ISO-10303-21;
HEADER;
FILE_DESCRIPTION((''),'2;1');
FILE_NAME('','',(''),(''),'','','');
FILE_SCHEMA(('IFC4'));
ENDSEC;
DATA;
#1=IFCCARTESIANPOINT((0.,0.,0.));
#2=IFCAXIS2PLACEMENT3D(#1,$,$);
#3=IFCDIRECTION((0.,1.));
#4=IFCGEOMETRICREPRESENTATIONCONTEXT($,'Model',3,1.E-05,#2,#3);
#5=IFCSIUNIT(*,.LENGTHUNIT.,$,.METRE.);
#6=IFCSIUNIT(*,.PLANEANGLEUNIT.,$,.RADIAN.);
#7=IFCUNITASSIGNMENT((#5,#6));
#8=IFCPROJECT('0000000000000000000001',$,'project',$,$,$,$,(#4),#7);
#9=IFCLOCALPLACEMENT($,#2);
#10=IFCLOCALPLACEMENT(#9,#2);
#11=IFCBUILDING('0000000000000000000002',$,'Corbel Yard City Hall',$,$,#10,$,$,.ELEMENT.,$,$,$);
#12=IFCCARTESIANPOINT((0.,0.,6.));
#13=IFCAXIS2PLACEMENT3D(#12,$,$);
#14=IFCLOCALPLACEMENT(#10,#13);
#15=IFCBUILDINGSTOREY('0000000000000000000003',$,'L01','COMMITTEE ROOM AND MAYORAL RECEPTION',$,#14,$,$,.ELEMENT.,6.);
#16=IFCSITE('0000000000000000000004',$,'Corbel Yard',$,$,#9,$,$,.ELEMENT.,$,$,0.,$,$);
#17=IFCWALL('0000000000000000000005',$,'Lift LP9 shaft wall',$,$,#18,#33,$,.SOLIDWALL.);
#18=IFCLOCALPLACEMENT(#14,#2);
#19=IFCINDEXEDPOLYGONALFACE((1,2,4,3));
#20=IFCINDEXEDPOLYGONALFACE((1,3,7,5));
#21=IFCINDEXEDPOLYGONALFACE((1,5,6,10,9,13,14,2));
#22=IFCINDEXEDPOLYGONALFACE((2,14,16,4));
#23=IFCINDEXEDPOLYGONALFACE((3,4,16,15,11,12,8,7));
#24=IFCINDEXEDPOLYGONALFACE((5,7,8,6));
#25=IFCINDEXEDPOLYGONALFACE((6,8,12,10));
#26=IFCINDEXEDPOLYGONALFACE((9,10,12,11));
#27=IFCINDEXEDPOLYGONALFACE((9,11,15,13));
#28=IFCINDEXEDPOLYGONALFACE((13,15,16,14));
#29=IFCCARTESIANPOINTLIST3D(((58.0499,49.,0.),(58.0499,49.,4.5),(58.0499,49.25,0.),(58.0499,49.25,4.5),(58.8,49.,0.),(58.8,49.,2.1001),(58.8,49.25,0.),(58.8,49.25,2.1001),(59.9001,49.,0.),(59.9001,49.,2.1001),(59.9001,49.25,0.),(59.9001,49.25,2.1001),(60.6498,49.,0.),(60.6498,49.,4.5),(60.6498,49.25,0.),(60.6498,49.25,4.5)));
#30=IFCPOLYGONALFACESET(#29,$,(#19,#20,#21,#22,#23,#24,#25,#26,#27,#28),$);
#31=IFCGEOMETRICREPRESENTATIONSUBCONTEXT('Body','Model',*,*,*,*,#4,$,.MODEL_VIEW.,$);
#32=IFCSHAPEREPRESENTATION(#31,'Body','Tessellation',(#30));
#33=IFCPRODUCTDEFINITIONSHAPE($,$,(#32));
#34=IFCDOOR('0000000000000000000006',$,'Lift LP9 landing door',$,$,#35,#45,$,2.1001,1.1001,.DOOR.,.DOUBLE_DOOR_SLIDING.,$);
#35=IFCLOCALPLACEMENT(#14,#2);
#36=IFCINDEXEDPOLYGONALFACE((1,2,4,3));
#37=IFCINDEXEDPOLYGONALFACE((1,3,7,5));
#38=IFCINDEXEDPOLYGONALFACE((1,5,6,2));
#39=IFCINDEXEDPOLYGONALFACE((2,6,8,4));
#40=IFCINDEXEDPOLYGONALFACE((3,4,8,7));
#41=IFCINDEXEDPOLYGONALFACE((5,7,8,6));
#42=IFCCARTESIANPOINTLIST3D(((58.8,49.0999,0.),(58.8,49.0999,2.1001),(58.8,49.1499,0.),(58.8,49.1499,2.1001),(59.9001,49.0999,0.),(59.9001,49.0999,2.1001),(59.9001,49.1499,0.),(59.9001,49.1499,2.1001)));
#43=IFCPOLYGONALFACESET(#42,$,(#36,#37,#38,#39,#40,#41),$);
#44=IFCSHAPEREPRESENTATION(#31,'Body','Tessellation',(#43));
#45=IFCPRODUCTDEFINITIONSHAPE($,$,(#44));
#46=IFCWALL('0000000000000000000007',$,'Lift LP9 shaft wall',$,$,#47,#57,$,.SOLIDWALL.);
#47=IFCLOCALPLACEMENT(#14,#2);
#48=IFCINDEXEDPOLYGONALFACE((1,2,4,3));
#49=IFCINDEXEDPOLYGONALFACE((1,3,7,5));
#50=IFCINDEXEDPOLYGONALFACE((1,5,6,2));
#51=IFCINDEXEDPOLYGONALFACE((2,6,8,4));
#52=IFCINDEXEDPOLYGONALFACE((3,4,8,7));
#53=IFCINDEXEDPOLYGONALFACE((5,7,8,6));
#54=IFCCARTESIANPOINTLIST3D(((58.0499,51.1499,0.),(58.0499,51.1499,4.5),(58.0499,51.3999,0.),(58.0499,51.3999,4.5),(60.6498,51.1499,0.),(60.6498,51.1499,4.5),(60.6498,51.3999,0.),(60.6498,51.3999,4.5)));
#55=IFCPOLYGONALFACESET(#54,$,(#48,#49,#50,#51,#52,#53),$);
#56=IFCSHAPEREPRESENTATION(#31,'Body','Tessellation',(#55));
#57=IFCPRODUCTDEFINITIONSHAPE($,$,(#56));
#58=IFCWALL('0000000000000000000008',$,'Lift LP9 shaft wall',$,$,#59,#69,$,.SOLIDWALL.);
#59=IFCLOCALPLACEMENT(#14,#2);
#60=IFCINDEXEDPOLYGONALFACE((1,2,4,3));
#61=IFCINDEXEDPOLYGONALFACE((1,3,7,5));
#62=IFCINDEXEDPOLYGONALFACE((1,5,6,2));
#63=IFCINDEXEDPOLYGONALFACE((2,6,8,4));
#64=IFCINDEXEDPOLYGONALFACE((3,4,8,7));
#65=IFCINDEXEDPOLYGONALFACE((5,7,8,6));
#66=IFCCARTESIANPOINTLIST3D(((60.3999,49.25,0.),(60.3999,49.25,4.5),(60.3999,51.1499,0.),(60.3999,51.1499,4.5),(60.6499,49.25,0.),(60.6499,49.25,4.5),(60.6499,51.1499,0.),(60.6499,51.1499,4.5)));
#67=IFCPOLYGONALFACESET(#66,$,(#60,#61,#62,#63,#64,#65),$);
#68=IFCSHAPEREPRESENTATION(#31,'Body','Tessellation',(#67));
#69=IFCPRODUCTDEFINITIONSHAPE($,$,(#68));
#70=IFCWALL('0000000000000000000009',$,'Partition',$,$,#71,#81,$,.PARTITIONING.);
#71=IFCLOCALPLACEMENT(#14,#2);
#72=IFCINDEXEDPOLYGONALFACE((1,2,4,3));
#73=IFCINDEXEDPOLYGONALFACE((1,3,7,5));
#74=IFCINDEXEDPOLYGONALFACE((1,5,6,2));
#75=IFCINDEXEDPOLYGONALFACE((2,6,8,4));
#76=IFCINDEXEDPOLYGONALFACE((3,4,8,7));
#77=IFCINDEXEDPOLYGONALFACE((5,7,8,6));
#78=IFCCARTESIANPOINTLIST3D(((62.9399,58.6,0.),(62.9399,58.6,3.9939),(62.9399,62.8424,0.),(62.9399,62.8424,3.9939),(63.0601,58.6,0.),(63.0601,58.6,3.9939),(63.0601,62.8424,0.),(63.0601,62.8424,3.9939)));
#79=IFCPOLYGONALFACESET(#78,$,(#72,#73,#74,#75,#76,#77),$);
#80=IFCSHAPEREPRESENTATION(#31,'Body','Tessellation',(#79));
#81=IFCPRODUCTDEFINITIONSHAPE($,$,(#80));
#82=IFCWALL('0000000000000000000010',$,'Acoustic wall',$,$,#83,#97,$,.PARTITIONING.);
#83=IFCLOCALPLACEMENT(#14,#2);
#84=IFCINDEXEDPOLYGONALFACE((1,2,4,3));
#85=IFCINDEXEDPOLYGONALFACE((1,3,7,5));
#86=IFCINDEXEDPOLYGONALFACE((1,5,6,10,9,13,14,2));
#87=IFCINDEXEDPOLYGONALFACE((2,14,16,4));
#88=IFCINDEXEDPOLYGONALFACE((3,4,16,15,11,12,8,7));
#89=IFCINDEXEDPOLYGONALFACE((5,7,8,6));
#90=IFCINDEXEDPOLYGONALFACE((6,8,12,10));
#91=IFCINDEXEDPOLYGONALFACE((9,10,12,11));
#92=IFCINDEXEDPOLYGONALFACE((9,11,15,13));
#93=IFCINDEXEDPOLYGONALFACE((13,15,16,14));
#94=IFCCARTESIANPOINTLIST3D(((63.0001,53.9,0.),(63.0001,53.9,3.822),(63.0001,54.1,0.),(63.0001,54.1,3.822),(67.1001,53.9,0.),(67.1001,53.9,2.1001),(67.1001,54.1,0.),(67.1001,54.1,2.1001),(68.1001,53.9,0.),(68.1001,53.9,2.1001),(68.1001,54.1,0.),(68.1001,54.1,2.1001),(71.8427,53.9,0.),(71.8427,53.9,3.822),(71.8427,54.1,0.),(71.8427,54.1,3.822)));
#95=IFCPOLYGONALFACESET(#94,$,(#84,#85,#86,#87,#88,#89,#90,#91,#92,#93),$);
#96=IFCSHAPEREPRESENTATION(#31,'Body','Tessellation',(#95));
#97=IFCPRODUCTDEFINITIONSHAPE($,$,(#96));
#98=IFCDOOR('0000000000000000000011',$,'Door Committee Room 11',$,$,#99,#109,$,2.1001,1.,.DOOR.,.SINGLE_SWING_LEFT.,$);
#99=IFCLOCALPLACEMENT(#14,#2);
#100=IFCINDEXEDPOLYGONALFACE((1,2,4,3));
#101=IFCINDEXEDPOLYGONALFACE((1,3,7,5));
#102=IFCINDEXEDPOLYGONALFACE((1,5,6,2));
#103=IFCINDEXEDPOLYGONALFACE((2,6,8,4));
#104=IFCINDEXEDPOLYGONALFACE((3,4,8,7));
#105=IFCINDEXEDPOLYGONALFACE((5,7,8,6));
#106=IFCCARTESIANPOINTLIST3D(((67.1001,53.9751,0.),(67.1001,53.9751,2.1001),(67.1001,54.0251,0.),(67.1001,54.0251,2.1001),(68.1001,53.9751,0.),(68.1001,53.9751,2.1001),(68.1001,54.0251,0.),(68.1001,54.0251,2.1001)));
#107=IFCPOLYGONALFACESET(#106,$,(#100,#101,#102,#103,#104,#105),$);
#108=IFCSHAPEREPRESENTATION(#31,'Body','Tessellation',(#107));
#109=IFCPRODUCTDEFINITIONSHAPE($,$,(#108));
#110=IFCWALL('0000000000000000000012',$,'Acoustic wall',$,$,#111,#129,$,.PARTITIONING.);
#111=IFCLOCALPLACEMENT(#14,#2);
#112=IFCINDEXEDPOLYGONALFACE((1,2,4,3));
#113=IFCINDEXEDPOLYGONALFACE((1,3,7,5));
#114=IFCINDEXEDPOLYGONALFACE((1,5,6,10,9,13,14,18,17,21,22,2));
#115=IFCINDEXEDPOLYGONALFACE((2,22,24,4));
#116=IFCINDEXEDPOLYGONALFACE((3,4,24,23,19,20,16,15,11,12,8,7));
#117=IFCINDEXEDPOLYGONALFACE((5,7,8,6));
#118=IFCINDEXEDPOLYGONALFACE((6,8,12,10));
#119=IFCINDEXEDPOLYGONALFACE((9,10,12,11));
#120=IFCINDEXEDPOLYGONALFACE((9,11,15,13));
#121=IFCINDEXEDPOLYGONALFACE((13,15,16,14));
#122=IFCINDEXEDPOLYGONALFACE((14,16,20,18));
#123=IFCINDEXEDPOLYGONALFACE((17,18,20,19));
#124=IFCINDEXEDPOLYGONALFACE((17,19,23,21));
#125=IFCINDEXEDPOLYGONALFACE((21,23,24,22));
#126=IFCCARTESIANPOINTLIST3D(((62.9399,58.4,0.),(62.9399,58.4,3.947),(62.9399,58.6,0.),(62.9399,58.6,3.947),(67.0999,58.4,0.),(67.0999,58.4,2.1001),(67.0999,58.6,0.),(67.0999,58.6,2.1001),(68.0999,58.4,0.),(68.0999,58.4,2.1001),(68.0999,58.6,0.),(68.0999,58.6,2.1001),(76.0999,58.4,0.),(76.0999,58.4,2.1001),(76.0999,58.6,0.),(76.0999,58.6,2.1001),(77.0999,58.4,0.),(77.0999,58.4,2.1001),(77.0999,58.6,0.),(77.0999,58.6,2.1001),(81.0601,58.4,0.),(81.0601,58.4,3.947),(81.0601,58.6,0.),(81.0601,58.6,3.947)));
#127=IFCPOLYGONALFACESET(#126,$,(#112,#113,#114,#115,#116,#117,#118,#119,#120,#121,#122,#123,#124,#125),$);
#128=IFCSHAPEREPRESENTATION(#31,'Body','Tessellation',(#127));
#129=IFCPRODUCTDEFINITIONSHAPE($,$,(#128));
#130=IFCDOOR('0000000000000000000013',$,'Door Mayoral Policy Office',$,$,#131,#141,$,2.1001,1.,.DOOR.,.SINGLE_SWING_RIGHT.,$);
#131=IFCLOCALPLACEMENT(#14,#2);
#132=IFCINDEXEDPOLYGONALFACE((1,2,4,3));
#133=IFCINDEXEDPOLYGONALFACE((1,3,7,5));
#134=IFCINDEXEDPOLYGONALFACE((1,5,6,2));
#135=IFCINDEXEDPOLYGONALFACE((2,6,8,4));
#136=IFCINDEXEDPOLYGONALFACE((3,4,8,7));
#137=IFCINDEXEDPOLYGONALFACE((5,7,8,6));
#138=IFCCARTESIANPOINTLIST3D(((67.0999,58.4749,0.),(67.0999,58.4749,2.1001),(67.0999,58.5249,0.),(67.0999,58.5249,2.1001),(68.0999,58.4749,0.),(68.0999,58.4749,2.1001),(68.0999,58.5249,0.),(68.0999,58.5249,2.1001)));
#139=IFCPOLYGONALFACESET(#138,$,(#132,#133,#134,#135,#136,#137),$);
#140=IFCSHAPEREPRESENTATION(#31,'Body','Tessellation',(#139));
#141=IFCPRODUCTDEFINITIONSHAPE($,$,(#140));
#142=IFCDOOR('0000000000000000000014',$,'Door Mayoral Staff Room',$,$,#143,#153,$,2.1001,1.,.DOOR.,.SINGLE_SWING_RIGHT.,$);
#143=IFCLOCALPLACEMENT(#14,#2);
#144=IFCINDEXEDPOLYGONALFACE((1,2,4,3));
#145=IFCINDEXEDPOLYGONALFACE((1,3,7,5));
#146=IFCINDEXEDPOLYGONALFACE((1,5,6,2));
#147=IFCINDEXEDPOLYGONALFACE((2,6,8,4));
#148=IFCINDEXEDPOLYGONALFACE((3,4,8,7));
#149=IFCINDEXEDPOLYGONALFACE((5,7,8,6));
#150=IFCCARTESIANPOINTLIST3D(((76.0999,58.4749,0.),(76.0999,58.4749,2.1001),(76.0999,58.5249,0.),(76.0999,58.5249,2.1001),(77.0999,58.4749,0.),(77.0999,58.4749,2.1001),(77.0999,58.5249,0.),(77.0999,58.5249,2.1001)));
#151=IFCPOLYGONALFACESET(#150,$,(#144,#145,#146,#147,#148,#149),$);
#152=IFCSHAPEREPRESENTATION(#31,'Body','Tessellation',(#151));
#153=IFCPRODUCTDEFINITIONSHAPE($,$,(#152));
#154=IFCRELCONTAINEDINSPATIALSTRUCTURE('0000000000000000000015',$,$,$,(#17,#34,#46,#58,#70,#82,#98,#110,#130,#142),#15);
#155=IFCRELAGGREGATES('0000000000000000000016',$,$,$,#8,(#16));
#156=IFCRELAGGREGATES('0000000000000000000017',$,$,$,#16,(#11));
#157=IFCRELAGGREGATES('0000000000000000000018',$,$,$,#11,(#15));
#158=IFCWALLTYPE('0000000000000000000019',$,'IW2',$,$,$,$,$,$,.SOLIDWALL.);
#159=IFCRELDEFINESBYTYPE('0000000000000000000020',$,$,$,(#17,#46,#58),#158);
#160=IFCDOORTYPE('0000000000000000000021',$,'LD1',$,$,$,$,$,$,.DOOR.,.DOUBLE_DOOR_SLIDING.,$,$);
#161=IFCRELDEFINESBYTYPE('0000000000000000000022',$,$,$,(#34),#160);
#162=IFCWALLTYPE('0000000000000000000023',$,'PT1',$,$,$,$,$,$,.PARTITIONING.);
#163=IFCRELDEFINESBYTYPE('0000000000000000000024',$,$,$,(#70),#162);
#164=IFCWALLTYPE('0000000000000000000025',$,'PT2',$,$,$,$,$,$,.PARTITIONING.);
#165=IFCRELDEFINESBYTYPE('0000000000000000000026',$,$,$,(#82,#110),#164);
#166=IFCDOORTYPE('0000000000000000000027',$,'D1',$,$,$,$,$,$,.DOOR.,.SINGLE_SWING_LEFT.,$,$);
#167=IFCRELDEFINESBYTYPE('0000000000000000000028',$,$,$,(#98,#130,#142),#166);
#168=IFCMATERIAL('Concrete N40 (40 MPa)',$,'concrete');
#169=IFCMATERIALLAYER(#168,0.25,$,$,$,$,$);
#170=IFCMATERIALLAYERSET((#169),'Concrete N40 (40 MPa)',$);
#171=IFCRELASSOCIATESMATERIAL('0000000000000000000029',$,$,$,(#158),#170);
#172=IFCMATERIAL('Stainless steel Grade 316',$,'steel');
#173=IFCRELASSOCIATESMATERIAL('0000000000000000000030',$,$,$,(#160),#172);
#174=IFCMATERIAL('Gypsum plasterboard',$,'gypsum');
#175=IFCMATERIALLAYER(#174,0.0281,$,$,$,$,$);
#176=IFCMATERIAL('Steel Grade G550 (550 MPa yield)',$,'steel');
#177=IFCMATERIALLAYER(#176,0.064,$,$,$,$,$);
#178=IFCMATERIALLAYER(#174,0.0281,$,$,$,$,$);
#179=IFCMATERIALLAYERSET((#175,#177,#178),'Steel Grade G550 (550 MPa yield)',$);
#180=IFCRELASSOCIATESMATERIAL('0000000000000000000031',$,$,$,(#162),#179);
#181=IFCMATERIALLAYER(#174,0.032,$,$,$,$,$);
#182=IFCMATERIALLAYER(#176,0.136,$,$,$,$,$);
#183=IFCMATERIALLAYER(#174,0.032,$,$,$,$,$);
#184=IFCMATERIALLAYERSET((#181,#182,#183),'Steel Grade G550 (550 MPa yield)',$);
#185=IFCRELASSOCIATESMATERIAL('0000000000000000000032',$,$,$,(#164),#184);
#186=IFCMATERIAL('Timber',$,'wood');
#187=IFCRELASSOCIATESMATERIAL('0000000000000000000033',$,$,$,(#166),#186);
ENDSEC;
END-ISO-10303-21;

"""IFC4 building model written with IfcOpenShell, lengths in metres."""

from ifc_helpers import new_model, si_unit, direction, frame, frame_2d, origin, place, context, subcontext, project, spatial, rectangle, extrude, material, layer, layer_set, type_object, element, fill, save


model = new_model("IFC4")

# Units and contexts
model_context = context("Model", 3, precision=1e-05, world=origin(), true_north=direction((0.0, 1.0)))
body_context = subcontext(model_context, "Body", "Model", "MODEL_VIEW")
ifc_project = project(units=[si_unit("LENGTHUNIT", "METRE"), si_unit("PLANEANGLEUNIT", "RADIAN")], contexts=[model_context])

# Site, building, storey
site_placement = place(None, origin())
site = spatial("IfcSite", under=ifc_project, at=site_placement, Name="Corbel Yard", CompositionType="ELEMENT", RefElevation=0.0)
building_placement = place(site_placement, origin())
building = spatial("IfcBuilding", under=site, at=building_placement, Name="Corbel Yard City Hall", CompositionType="ELEMENT")
storey_placement = place(building_placement, frame((0.0, 0.0, 6.0)))
storey = spatial("IfcBuildingStorey", under=building, at=storey_placement, Name="L01", Description="COMMITTEE ROOM AND MAYORAL RECEPTION", CompositionType="ELEMENT", Elevation=6.0)

# Wall, opening, door
ifc_material_1 = material(Name="Concrete N40 (40 MPa)", Category="concrete")
ifc_layer_1 = layer(ifc_material_1, 0.25)
ifc_layer_set_1 = layer_set([ifc_layer_1], Name="Concrete N40 (40 MPa)")
wall_type_1 = type_object("IfcWallType", Name="IW2", PredefinedType="SOLIDWALL", material=ifc_layer_set_1)
wall_1_placement = place(storey_placement, frame((58.05, 49.125, 0.0), z_axis=(0.0, 0.0, 1.0), x_axis=(1.0, 0.0, 0.0)))
wall_1 = element("IfcWall", 1, at=wall_1_placement, inside=storey, type_object=wall_type_1, Name="Lift LP9 shaft wall", PredefinedType="SOLIDWALL", context=body_context, shape_type="SweptSolid", body=[
    extrude(rectangle(XDim=2.5999, YDim=0.25, at=frame_2d((1.2998, 0.0))), origin(), (0.0, 0.0, 1.0), 4.5),
])
opening_1_placement = place(wall_1_placement, frame((0.75, 0.0, 0.0)))
opening_1 = element("IfcOpeningElement", 2, at=opening_1_placement, cuts=wall_1, PredefinedType="OPENING", context=body_context, shape_type="SweptSolid", body=[
    extrude(rectangle(XDim=1.1001, YDim=2.1001, at=frame_2d((0.55, 1.05))), frame((0.0, 0.135, 0.0), z_axis=(0.0, -1.0, 0.0), x_axis=(1.0, 0.0, 0.0)), (0.0, 0.0, 1.0), 0.27),
])
ifc_material_2 = material(Name="Stainless steel Grade 316", Category="steel")
door_type_1 = type_object("IfcDoorType", Name="LD1", OperationType="DOUBLE_DOOR_SLIDING", PredefinedType="DOOR", material=ifc_material_2)
door_1_placement = place(opening_1_placement, origin())
door_1 = element("IfcDoor", 3, at=door_1_placement, inside=storey, type_object=door_type_1, Name="Lift LP9 landing door", OperationType="DOUBLE_DOOR_SLIDING", OverallHeight=2.1001, OverallWidth=1.1001, PredefinedType="DOOR", context=body_context, shape_type="SweptSolid", body=[
    extrude(rectangle(XDim=1.1001, YDim=2.1001, at=frame_2d((0.55, 1.05))), frame((0.0, 0.0249, 0.0), z_axis=(0.0, -1.0, 0.0), x_axis=(1.0, 0.0, 0.0)), (0.0, 0.0, 1.0), 0.05),
])
fill(opening_1, door_1)

# Walls
wall_2_placement = place(storey_placement, frame((58.05, 51.2749, 0.0), z_axis=(0.0, 0.0, 1.0), x_axis=(1.0, 0.0, 0.0)))
element("IfcWall", 4, at=wall_2_placement, inside=storey, type_object=wall_type_1, Name="Lift LP9 shaft wall", PredefinedType="SOLIDWALL", context=body_context, shape_type="SweptSolid", body=[
    extrude(rectangle(XDim=2.5999, YDim=0.25, at=frame_2d((1.2998, 0.0))), origin(), (0.0, 0.0, 1.0), 4.5),
])
wall_3_placement = place(storey_placement, frame((60.5249, 49.25, 0.0), z_axis=(0.0, 0.0, 1.0), x_axis=(0.0, 1.0, 0.0)))
element("IfcWall", 5, at=wall_3_placement, inside=storey, type_object=wall_type_1, Name="Lift LP9 shaft wall", PredefinedType="SOLIDWALL", context=body_context, shape_type="SweptSolid", body=[
    extrude(rectangle(XDim=1.8999, YDim=0.25, at=frame_2d((0.95, 0.0))), origin(), (0.0, 0.0, 1.0), 4.5),
])
ifc_material_3 = material(Name="Gypsum plasterboard", Category="gypsum")
ifc_layer_2 = layer(ifc_material_3, 0.0281)
ifc_material_4 = material(Name="Steel Grade G550 (550 MPa yield)", Category="steel")
ifc_layer_3 = layer(ifc_material_4, 0.064)
ifc_layer_4 = layer(ifc_material_3, 0.0281)
ifc_layer_set_2 = layer_set([ifc_layer_2, ifc_layer_3, ifc_layer_4], Name="Steel Grade G550 (550 MPa yield)")
wall_type_2 = type_object("IfcWallType", Name="PT1", PredefinedType="PARTITIONING", material=ifc_layer_set_2)
wall_4_placement = place(storey_placement, frame((63.0, 58.6001, 0.0), z_axis=(0.0, 0.0, 1.0), x_axis=(0.0, 1.0, 0.0)))
element("IfcWall", 6, at=wall_4_placement, inside=storey, type_object=wall_type_2, Name="Partition", PredefinedType="PARTITIONING", context=body_context, shape_type="SweptSolid", body=[
    extrude(rectangle(XDim=4.2424, YDim=0.1201, at=frame_2d((2.1211, 0.0))), origin(), (0.0, 0.0, 1.0), 3.9939),
])

# Wall, opening, door
ifc_layer_5 = layer(ifc_material_3, 0.032)
ifc_layer_6 = layer(ifc_material_4, 0.136)
ifc_layer_7 = layer(ifc_material_3, 0.032)
ifc_layer_set_3 = layer_set([ifc_layer_5, ifc_layer_6, ifc_layer_7], Name="Steel Grade G550 (550 MPa yield)")
wall_type_3 = type_object("IfcWallType", Name="PT2", PredefinedType="PARTITIONING", material=ifc_layer_set_3)
wall_5_placement = place(storey_placement, frame((63.0, 54.0, 0.0), z_axis=(0.0, 0.0, 1.0), x_axis=(1.0, 0.0, 0.0)))
wall_5 = element("IfcWall", 7, at=wall_5_placement, inside=storey, type_object=wall_type_3, Name="Acoustic wall", PredefinedType="PARTITIONING", context=body_context, shape_type="SweptSolid", body=[
    extrude(rectangle(XDim=8.8425, YDim=0.2, at=frame_2d((4.4214, 0.0))), origin(), (0.0, 0.0, 1.0), 3.822),
])
opening_2_placement = place(wall_5_placement, frame((4.1001, 0.0, 0.0)))
opening_2 = element("IfcOpeningElement", 8, at=opening_2_placement, cuts=wall_5, PredefinedType="OPENING", context=body_context, shape_type="SweptSolid", body=[
    extrude(rectangle(XDim=1.0, YDim=2.1001, at=frame_2d((0.5, 1.05))), frame((0.0, 0.1099, 0.0), z_axis=(0.0, -1.0, 0.0), x_axis=(1.0, 0.0, 0.0)), (0.0, 0.0, 1.0), 0.22),
])
ifc_material_5 = material(Name="Timber", Category="wood")
door_type_2 = type_object("IfcDoorType", Name="D1", OperationType="SINGLE_SWING_LEFT", PredefinedType="DOOR", material=ifc_material_5)
door_2_placement = place(opening_2_placement, frame((1.0, 0.0, 0.0), z_axis=(0.0, 0.0, 1.0), x_axis=(-1.0, 0.0, 0.0)))
door_2 = element("IfcDoor", 9, at=door_2_placement, inside=storey, type_object=door_type_2, Name="Door Committee Room 11", OperationType="SINGLE_SWING_LEFT", OverallHeight=2.1001, OverallWidth=1.0, PredefinedType="DOOR", context=body_context, shape_type="SweptSolid", body=[
    extrude(rectangle(XDim=1.0, YDim=2.1001, at=frame_2d((0.5, 1.05))), frame((0.0, 0.0249, 0.0), z_axis=(0.0, -1.0, 0.0), x_axis=(1.0, 0.0, 0.0)), (0.0, 0.0, 1.0), 0.05),
])
fill(opening_2, door_2)

# Wall, openings, doors
wall_6_placement = place(storey_placement, frame((62.9399, 58.5, 0.0), z_axis=(0.0, 0.0, 1.0), x_axis=(1.0, 0.0, 0.0)))
wall_6 = element("IfcWall", 10, at=wall_6_placement, inside=storey, type_object=wall_type_3, Name="Acoustic wall", PredefinedType="PARTITIONING", context=body_context, shape_type="SweptSolid", body=[
    extrude(rectangle(XDim=18.1201, YDim=0.2, at=frame_2d((9.0601, 0.0))), origin(), (0.0, 0.0, 1.0), 3.947),
])
opening_3_placement = place(wall_6_placement, frame((4.1599, 0.0, 0.0)))
opening_3 = element("IfcOpeningElement", 11, at=opening_3_placement, cuts=wall_6, PredefinedType="OPENING", context=body_context, shape_type="SweptSolid", body=[
    extrude(rectangle(XDim=1.0, YDim=2.1001, at=frame_2d((0.5, 1.05))), frame((0.0, 0.1099, 0.0), z_axis=(0.0, -1.0, 0.0), x_axis=(1.0, 0.0, 0.0)), (0.0, 0.0, 1.0), 0.22),
])
opening_4_placement = place(wall_6_placement, frame((13.1599, 0.0, 0.0)))
opening_4 = element("IfcOpeningElement", 12, at=opening_4_placement, cuts=wall_6, PredefinedType="OPENING", context=body_context, shape_type="SweptSolid", body=[
    extrude(rectangle(XDim=1.0, YDim=2.1001, at=frame_2d((0.5, 1.05))), frame((0.0, 0.1099, 0.0), z_axis=(0.0, -1.0, 0.0), x_axis=(1.0, 0.0, 0.0)), (0.0, 0.0, 1.0), 0.22),
])
door_3_placement = place(opening_3_placement, origin())
door_3 = element("IfcDoor", 13, at=door_3_placement, inside=storey, type_object=door_type_2, Name="Door Mayoral Policy Office", OperationType="SINGLE_SWING_RIGHT", OverallHeight=2.1001, OverallWidth=1.0, PredefinedType="DOOR", context=body_context, shape_type="SweptSolid", body=[
    extrude(rectangle(XDim=1.0, YDim=2.1001, at=frame_2d((0.5, 1.05))), frame((0.0, 0.0249, 0.0), z_axis=(0.0, -1.0, 0.0), x_axis=(1.0, 0.0, 0.0)), (0.0, 0.0, 1.0), 0.05),
])
fill(opening_3, door_3)
door_4_placement = place(opening_4_placement, origin())
door_4 = element("IfcDoor", 14, at=door_4_placement, inside=storey, type_object=door_type_2, Name="Door Mayoral Staff Room", OperationType="SINGLE_SWING_RIGHT", OverallHeight=2.1001, OverallWidth=1.0, PredefinedType="DOOR", context=body_context, shape_type="SweptSolid", body=[
    extrude(rectangle(XDim=1.0, YDim=2.1001, at=frame_2d((0.5, 1.05))), frame((0.0, 0.0249, 0.0), z_axis=(0.0, -1.0, 0.0), x_axis=(1.0, 0.0, 0.0)), (0.0, 0.0, 1.0), 0.05),
])
fill(opening_4, door_4)

save(model, "model.ifc")
